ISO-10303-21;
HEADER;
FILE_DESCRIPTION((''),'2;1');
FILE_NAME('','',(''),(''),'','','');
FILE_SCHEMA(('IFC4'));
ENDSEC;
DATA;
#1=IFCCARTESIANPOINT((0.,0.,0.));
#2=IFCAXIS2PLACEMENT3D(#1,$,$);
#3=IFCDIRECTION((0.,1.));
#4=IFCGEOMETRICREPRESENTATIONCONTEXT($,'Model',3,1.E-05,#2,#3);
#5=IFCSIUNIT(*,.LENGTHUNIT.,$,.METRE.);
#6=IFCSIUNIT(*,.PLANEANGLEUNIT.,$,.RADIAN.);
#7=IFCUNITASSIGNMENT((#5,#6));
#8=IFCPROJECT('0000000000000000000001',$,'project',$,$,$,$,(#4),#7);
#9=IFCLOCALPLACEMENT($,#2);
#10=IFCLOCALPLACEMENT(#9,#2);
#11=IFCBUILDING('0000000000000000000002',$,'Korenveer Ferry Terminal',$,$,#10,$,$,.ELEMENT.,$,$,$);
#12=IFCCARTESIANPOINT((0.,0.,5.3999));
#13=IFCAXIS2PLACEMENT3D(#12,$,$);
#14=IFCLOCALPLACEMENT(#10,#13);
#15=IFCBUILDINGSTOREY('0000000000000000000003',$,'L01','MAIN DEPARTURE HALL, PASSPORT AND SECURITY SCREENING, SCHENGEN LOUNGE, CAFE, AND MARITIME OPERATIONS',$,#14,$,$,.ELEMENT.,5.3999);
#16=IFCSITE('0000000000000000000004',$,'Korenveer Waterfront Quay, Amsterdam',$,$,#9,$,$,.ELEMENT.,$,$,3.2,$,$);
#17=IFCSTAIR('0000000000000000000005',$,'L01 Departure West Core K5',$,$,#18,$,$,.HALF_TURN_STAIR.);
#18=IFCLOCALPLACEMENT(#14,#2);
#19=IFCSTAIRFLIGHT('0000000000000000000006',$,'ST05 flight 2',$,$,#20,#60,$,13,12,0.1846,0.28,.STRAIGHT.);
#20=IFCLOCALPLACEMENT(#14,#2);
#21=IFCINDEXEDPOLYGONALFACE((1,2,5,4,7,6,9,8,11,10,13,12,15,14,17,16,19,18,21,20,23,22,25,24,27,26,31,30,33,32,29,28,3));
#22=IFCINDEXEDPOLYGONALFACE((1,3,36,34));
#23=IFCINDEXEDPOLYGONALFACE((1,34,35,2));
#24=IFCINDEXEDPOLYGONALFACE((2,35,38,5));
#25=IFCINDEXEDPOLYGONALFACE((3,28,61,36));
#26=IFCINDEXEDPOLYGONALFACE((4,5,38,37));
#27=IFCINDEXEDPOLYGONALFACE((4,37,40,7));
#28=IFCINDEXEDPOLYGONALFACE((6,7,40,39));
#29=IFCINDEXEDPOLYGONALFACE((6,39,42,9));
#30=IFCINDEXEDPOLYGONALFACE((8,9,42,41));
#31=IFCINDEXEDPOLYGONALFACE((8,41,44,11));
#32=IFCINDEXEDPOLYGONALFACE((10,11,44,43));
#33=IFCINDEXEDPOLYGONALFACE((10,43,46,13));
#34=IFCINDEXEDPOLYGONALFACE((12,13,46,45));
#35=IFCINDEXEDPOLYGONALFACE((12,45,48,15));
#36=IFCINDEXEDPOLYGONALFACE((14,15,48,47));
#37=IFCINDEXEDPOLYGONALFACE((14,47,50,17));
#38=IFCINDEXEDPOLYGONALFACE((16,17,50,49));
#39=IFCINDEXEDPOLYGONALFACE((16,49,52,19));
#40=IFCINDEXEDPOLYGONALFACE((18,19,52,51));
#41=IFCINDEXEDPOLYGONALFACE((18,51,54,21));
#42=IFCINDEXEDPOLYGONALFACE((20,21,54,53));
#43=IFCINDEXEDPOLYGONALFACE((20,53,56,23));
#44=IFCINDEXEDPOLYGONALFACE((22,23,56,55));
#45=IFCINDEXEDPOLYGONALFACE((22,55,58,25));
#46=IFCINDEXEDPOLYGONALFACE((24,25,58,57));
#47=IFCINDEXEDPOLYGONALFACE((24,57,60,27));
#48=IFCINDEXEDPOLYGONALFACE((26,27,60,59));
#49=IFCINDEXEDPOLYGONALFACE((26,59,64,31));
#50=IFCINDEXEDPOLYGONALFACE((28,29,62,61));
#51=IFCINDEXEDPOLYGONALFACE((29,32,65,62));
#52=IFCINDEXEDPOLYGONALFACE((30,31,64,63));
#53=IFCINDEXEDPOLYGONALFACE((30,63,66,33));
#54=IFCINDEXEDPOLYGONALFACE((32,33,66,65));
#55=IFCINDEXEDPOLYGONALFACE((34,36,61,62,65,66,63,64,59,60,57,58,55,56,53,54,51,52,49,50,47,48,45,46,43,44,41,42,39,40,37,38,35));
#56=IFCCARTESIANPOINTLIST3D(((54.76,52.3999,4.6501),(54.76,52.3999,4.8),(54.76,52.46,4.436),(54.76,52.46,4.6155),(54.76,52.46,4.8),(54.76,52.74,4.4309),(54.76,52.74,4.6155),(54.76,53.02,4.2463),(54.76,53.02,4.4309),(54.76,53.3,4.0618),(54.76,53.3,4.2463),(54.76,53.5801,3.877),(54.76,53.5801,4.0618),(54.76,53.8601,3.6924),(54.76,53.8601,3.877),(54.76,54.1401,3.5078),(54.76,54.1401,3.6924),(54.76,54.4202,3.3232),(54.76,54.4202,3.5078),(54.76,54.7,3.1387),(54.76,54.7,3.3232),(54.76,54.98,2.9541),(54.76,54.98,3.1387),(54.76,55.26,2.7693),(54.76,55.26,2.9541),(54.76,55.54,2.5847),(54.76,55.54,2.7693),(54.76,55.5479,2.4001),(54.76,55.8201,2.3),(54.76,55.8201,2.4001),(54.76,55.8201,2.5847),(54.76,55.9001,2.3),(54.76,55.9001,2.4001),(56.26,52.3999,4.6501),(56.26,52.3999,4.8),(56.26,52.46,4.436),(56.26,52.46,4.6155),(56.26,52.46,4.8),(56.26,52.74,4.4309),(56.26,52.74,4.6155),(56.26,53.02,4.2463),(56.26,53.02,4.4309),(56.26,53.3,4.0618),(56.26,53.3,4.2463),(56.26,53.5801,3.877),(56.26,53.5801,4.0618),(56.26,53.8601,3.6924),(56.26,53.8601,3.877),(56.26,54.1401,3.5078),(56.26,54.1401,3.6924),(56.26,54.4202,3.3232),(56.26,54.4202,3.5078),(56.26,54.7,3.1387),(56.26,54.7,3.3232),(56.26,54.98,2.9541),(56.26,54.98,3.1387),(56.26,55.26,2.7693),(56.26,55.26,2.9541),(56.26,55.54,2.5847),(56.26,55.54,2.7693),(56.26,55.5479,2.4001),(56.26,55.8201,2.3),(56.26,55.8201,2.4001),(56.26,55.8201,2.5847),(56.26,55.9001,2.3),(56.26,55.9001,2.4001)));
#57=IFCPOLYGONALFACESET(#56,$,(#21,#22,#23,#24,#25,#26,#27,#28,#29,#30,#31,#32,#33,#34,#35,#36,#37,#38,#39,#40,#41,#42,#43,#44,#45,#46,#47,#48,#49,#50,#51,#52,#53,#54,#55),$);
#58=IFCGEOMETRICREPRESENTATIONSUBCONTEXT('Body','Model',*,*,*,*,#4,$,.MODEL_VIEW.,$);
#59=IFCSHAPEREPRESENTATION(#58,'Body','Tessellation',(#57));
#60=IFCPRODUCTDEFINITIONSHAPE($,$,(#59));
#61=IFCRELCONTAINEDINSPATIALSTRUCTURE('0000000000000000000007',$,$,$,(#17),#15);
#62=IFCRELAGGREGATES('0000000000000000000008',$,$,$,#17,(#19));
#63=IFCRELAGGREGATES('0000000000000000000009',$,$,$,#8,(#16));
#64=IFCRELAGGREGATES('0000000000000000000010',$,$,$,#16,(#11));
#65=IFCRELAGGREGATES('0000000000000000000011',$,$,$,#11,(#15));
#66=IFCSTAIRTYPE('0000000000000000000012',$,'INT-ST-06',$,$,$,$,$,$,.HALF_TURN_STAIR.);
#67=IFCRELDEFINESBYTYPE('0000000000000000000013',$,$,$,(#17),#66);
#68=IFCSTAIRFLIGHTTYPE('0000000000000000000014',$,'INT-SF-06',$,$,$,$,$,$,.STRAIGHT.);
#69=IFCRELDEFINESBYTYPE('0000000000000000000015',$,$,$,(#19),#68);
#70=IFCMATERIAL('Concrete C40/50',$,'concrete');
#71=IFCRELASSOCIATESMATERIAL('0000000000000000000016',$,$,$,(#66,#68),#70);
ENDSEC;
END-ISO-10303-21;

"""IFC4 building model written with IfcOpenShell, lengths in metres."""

from ifc_helpers import new_model, si_unit, direction, frame, origin, place, context, subcontext, project, spatial, polyline, outline, extrude, material, type_object, element, aggregate, save


model = new_model("IFC4")

# Units and contexts
model_context = context("Model", 3, precision=1e-05, world=origin(), true_north=direction((0.0, 1.0)))
body_context = subcontext(model_context, "Body", "Model", "MODEL_VIEW")
ifc_project = project(units=[si_unit("LENGTHUNIT", "METRE"), si_unit("PLANEANGLEUNIT", "RADIAN")], contexts=[model_context])

# Site, building, storey
site_placement = place(None, origin())
site = spatial("IfcSite", under=ifc_project, at=site_placement, Name="Korenveer Waterfront Quay, Amsterdam", CompositionType="ELEMENT", RefElevation=3.2)
building_placement = place(site_placement, origin())
building = spatial("IfcBuilding", under=site, at=building_placement, Name="Korenveer Ferry Terminal", CompositionType="ELEMENT")
storey_placement = place(building_placement, frame((0.0, 0.0, 5.3999)))
storey = spatial("IfcBuildingStorey", under=building, at=storey_placement, Name="L01", Description="MAIN DEPARTURE HALL, PASSPORT AND SECURITY SCREENING, SCHENGEN LOUNGE, CAFE, AND MARITIME OPERATIONS", CompositionType="ELEMENT", Elevation=5.3999)

# Stair, stair flight
ifc_material_1 = material(Name="Concrete C40/50", Category="concrete")
stair_type = type_object("IfcStairType", Name="INT-ST-06", PredefinedType="HALF_TURN_STAIR", material=ifc_material_1)
stair_placement = place(storey_placement, frame((57.21, 52.46, 0.0)))
stair = element("IfcStair", 1, at=stair_placement, inside=storey, type_object=stair_type, Name="L01 Departure West Core K5", PredefinedType="HALF_TURN_STAIR")
stair_flight_type = type_object("IfcStairFlightType", Name="INT-SF-06", PredefinedType="STRAIGHT", material=ifc_material_1)
stair_flight_1_placement = place(storey_placement, frame((55.51, 55.8201, 2.4001), z_axis=(0.0, 0.0, 1.0), x_axis=(0.0, -1.0, 0.0)))
stair_flight_1 = element("IfcStairFlight", 2, at=stair_flight_1_placement, type_object=stair_flight_type, Name="ST05 flight 2", NumberOfRisers=13, NumberOfTreads=12, PredefinedType="STRAIGHT", RiserHeight=0.1846, TreadLength=0.28, context=body_context, shape_type="SweptSolid", body=[
    extrude(outline(polyline([(-0.0801, 0.0), (0.0, 0.0), (0.0, 0.1846), (0.28, 0.1846), (0.28, 0.3691), (0.5601, 0.3691), (0.5601, 0.554), (0.8401, 0.554), (0.8401, 0.7385), (1.1201, 0.7385), (1.1201, 0.9231), (1.3999, 0.9231), (1.3999, 1.1077), (1.6799, 1.1077), (1.6799, 1.2922), (1.96, 1.2922), (1.96, 1.4768), (2.24, 1.4768), (2.24, 1.6616), (2.52, 1.6616), (2.52, 1.8462), (2.8, 1.8462), (2.8, 2.0308), (3.0801, 2.0308), (3.0801, 2.2153), (3.3601, 2.2153), (3.3601, 2.3999), (3.4202, 2.3999), (3.4202, 2.25), (3.3601, 2.0359), (0.2722, 0.0), (0.0, -0.1001), (-0.0801, -0.1001), (-0.0801, 0.0)])), frame((0.0, 0.75, 0.0), z_axis=(0.0, -1.0, 0.0), x_axis=(1.0, 0.0, 0.0)), (0.0, 0.0, 1.0), 1.5),
])
aggregate(stair, [stair_flight_1])

save(model, "model.ifc")
